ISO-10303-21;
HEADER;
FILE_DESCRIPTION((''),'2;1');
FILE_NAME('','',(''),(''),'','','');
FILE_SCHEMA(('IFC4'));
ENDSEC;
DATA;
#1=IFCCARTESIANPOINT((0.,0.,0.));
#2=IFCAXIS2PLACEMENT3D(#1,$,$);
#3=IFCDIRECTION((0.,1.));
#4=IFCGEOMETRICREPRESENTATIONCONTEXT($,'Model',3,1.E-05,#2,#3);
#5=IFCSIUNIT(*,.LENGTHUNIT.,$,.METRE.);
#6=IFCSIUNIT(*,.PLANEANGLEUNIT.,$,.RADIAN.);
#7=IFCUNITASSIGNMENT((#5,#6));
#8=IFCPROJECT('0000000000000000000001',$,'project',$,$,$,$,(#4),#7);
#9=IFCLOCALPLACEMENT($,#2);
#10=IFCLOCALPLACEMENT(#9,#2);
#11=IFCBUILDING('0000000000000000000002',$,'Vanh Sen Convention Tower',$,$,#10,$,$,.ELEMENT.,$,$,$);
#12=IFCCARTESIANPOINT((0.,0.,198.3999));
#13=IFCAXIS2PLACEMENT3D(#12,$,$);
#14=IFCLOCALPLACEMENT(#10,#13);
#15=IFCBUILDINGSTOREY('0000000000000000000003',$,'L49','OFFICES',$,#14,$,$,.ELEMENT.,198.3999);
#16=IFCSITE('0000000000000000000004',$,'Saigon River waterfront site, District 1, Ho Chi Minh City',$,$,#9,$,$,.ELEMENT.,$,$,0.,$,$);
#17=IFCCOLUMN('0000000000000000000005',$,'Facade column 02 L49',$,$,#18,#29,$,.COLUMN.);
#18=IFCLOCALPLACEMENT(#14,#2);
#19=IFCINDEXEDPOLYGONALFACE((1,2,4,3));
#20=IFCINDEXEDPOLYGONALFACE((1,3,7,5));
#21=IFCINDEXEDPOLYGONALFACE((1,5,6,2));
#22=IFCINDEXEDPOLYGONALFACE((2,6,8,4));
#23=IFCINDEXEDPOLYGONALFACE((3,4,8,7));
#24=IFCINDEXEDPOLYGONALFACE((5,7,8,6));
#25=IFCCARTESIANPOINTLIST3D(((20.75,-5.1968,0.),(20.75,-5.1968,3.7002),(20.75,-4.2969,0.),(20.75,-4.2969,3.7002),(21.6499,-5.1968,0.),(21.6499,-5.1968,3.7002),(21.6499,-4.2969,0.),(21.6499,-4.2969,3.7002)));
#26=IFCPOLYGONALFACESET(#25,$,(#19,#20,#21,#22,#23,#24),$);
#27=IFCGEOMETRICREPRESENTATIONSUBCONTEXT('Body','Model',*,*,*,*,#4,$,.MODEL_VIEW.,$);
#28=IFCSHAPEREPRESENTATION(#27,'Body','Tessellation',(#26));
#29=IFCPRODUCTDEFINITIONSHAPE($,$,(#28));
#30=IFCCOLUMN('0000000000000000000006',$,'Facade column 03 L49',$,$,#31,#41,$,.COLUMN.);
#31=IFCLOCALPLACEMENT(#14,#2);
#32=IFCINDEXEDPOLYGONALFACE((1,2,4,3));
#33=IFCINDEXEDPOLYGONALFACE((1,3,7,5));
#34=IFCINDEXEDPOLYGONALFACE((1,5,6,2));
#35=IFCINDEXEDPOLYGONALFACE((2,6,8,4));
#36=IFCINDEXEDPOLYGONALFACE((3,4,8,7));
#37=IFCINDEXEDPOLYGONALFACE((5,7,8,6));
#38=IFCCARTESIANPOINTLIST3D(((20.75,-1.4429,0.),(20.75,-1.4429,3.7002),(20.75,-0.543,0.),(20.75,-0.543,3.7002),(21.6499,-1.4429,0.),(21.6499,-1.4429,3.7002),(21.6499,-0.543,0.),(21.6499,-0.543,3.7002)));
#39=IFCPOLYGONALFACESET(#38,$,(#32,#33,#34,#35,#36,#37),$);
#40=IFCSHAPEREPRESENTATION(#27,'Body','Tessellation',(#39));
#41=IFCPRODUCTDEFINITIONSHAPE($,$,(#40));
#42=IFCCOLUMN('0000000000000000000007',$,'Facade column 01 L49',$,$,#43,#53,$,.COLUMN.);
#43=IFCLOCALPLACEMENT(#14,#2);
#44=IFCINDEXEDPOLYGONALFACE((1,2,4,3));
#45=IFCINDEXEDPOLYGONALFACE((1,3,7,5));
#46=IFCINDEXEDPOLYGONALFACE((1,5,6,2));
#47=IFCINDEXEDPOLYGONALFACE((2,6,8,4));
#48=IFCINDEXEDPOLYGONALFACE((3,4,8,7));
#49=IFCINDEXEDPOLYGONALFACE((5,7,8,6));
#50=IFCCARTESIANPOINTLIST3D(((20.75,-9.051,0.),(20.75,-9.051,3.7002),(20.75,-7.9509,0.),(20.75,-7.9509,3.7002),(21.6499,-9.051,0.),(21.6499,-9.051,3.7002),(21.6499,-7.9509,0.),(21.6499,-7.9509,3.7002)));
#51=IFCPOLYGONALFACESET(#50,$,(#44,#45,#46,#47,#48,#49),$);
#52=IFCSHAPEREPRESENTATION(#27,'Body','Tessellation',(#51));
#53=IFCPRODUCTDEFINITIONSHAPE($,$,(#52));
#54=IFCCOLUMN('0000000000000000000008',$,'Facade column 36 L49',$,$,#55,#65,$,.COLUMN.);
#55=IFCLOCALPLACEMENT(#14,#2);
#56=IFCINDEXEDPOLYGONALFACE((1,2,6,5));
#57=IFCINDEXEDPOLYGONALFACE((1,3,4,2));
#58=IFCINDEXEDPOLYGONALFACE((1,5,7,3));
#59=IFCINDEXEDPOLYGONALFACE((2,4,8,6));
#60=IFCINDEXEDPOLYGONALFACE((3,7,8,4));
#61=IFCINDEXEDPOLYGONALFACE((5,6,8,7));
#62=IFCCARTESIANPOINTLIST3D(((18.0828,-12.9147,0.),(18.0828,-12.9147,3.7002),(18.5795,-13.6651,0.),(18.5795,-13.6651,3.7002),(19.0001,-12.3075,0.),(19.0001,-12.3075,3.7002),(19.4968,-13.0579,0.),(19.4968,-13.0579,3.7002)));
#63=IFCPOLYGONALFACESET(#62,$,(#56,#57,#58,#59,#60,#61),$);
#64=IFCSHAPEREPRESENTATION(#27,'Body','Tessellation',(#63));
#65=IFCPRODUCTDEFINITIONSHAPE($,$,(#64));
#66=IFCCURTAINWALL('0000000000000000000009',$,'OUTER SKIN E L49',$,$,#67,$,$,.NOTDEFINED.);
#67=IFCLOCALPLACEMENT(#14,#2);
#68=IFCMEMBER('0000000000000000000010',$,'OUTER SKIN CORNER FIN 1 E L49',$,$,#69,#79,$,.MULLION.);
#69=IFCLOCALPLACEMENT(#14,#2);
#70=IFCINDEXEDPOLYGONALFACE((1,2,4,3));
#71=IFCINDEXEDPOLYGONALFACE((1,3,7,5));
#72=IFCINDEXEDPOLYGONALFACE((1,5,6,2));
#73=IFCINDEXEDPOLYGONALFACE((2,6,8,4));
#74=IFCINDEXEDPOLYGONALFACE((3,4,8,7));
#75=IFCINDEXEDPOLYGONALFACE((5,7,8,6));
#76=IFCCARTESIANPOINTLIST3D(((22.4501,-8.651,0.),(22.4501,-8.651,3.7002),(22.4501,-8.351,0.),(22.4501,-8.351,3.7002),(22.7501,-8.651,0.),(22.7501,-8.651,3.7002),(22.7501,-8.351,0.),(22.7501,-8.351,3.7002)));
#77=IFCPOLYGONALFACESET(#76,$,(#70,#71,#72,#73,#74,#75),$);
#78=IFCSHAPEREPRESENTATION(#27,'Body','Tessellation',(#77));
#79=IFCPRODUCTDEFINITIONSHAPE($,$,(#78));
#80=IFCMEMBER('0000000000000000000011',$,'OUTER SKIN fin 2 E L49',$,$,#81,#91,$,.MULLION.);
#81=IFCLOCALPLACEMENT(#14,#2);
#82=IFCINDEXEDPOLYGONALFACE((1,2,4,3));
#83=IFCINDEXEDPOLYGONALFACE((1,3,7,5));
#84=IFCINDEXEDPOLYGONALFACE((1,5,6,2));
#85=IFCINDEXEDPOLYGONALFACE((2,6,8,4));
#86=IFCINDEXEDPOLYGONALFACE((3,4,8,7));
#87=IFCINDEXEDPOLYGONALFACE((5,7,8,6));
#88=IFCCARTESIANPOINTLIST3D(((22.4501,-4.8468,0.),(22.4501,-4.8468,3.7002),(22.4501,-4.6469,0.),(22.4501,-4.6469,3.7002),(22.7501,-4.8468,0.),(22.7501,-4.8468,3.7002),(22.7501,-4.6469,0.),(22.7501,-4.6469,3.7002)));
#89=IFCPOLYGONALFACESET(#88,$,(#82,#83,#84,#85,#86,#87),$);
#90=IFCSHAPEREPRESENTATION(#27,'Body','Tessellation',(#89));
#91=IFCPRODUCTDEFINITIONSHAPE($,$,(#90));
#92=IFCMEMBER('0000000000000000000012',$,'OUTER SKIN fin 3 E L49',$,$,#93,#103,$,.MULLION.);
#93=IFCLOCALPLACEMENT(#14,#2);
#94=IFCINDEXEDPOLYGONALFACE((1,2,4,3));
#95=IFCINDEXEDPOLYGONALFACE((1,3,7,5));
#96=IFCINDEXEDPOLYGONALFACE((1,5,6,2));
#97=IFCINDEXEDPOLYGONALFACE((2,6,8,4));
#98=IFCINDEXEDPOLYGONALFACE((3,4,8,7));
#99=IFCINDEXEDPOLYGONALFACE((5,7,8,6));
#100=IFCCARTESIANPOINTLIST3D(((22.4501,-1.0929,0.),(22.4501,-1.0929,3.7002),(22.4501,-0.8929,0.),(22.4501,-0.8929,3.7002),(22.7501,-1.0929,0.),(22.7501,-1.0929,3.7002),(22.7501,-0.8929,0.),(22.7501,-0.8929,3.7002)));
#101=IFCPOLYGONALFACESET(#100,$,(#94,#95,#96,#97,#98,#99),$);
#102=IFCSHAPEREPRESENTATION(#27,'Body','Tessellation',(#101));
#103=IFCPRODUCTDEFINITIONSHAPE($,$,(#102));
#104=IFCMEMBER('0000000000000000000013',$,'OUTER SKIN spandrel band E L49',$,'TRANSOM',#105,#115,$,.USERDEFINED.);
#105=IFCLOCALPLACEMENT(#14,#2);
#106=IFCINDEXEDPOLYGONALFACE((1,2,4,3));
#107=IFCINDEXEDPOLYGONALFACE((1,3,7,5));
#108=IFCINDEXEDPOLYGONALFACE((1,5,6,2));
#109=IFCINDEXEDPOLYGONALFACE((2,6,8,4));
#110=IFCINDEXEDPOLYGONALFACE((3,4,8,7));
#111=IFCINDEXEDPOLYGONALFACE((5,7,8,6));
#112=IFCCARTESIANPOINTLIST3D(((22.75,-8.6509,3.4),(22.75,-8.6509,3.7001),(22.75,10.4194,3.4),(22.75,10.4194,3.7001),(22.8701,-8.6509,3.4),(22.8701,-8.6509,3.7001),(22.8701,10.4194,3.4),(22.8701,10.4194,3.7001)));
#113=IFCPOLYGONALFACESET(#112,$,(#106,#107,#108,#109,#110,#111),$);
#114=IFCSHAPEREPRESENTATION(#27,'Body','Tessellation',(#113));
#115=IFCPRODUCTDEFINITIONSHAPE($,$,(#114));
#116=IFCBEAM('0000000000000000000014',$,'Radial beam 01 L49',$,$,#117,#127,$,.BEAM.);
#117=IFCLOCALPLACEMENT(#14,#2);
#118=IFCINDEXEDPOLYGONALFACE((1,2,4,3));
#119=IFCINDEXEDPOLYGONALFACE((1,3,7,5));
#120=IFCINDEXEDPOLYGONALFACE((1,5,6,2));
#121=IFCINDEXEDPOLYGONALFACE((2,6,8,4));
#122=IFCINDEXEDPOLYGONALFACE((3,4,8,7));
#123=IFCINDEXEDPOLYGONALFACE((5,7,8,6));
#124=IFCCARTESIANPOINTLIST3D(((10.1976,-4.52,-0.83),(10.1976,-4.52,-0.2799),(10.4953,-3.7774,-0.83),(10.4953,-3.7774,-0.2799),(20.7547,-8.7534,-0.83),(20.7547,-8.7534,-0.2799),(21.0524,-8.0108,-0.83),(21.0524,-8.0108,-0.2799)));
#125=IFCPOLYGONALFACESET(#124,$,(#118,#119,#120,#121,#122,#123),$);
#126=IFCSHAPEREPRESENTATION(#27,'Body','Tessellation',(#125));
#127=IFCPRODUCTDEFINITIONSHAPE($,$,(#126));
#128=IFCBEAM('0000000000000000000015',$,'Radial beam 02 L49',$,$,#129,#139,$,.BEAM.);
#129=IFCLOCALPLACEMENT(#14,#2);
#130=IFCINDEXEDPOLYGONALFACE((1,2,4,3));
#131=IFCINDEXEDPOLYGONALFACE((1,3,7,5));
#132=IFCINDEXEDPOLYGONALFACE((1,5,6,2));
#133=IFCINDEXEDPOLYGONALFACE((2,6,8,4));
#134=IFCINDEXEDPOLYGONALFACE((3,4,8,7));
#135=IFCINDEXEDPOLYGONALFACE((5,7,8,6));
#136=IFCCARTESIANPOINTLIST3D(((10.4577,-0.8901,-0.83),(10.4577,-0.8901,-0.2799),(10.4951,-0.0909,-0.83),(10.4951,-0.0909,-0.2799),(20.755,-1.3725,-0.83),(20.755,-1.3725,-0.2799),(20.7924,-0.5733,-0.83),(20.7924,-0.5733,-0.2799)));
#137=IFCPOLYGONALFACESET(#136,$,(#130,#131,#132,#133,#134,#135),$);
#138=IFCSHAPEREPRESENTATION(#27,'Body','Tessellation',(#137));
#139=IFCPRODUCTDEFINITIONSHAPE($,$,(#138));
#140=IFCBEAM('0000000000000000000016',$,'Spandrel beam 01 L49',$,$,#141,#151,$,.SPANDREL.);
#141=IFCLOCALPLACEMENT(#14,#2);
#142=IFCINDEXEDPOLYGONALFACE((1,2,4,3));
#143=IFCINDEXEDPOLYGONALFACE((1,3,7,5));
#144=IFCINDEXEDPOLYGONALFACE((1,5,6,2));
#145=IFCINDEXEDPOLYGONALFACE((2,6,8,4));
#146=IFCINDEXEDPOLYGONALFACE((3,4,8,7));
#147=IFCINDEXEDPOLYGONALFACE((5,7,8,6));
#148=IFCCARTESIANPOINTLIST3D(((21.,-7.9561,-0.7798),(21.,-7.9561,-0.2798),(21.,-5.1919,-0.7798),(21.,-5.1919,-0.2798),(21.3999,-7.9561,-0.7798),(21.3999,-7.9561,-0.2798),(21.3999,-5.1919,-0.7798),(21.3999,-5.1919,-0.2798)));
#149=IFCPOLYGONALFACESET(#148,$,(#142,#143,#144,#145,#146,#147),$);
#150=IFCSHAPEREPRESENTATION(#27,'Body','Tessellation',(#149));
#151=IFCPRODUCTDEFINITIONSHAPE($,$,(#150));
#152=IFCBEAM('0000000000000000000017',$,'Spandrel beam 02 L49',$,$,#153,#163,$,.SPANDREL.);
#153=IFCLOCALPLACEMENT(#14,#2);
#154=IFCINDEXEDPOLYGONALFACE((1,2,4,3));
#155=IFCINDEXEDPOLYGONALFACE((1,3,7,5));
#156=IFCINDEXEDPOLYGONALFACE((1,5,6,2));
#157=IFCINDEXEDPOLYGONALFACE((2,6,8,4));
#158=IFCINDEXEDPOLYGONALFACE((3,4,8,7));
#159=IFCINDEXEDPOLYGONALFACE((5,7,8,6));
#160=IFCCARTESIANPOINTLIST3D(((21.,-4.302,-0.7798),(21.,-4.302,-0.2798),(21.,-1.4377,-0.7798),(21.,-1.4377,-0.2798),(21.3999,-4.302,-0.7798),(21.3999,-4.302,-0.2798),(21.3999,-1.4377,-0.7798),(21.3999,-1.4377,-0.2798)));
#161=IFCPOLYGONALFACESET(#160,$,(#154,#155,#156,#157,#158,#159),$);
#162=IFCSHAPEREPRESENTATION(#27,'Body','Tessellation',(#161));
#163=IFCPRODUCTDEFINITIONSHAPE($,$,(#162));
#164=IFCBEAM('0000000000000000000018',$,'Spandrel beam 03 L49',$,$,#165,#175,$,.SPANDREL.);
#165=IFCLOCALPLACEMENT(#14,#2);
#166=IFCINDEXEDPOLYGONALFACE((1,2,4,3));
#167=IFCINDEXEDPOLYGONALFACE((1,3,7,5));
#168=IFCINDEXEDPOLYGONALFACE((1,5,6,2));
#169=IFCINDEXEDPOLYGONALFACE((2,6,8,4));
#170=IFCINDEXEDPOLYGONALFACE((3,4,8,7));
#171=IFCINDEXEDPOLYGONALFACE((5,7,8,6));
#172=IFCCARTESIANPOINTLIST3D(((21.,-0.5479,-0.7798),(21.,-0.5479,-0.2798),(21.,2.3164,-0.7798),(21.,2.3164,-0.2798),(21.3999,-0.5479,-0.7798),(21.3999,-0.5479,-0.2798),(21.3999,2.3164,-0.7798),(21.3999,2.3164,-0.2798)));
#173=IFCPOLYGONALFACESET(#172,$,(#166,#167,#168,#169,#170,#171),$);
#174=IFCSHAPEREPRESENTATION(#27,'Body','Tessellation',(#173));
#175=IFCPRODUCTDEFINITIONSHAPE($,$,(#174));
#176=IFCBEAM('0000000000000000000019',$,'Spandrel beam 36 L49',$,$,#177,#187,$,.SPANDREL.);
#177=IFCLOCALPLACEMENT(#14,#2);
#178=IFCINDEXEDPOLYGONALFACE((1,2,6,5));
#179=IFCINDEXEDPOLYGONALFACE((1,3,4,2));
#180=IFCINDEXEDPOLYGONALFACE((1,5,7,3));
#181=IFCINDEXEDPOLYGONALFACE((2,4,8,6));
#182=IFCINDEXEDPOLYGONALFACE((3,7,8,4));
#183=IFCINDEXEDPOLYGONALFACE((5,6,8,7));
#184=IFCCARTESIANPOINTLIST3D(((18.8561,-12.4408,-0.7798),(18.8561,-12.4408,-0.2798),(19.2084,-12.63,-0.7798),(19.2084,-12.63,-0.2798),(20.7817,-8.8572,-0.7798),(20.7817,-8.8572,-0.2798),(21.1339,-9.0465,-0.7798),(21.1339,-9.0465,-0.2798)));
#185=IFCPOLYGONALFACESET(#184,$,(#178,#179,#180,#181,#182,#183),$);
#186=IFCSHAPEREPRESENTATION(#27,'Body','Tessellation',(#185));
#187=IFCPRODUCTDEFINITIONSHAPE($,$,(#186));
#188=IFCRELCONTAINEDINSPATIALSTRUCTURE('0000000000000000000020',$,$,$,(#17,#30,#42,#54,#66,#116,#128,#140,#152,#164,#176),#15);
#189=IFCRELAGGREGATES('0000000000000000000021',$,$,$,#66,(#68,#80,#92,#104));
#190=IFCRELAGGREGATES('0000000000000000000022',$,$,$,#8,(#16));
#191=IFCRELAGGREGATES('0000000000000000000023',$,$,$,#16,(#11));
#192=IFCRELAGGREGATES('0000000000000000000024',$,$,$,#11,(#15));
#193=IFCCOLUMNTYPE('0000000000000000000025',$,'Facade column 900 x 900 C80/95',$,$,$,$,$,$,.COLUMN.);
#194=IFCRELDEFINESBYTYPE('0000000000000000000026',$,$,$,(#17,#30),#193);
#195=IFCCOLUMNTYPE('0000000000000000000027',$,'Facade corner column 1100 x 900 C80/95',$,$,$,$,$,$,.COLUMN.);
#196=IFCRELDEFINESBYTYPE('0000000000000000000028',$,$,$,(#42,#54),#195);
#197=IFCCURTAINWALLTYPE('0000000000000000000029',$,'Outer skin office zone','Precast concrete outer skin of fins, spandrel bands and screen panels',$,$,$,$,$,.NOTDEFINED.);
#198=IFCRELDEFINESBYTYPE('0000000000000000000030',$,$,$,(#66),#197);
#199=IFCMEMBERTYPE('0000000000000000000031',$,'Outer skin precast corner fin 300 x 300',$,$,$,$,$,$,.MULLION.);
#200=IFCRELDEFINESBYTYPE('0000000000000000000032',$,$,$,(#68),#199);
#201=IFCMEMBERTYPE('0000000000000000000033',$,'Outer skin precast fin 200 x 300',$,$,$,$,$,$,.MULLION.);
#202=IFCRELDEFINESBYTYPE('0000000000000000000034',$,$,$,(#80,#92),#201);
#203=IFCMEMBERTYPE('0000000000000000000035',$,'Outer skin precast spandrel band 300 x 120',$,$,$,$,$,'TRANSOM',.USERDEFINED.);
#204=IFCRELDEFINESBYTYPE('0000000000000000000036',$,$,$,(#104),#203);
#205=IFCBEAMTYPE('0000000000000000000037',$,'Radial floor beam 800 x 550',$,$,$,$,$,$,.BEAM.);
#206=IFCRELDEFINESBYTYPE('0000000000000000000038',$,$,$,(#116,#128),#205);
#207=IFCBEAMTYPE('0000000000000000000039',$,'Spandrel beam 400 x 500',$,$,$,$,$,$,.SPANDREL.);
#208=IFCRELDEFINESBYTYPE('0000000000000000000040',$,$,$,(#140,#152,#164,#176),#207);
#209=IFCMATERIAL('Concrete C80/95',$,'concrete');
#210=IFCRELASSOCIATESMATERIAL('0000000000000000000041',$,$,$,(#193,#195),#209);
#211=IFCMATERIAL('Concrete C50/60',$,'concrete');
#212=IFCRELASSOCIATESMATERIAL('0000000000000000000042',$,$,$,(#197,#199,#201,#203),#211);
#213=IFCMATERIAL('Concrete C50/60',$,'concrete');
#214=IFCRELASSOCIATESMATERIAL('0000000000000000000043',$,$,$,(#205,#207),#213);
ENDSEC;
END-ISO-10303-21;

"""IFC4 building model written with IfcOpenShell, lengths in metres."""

from ifc_helpers import new_model, si_unit, direction, frame, origin, origin_2d, place, context, subcontext, project, spatial, rectangle, extrude, material, material_profile, profile_set, type_object, element, aggregate, save


model = new_model("IFC4")

# Units and contexts
model_context = context("Model", 3, precision=1e-05, world=origin(), true_north=direction((0.0, 1.0)))
body_context = subcontext(model_context, "Body", "Model", "MODEL_VIEW")
ifc_project = project(units=[si_unit("LENGTHUNIT", "METRE"), si_unit("PLANEANGLEUNIT", "RADIAN")], contexts=[model_context])

# Site, building, storey
site_placement = place(None, origin())
site = spatial("IfcSite", under=ifc_project, at=site_placement, Name="Saigon River waterfront site, District 1, Ho Chi Minh City", CompositionType="ELEMENT", RefElevation=0.0)
building_placement = place(site_placement, origin())
building = spatial("IfcBuilding", under=site, at=building_placement, Name="Vanh Sen Convention Tower", CompositionType="ELEMENT")
storey_placement = place(building_placement, frame((0.0, 0.0, 198.3999)))
storey = spatial("IfcBuildingStorey", under=building, at=storey_placement, Name="L49", Description="OFFICES", CompositionType="ELEMENT", Elevation=198.3999)

# Columns
ifc_material_1 = material(Name="Concrete C80/95", Category="concrete")
ifc_material_profile_1 = material_profile(ifc_material_1, rectangle(XDim=0.8999, YDim=0.8999, at=origin_2d()), Name="RC 900X900")
ifc_profile_set_1 = profile_set([ifc_material_profile_1], Name="Concrete C80/95")
column_type_1 = type_object("IfcColumnType", Name="Facade column 900 x 900 C80/95", PredefinedType="COLUMN", material=ifc_profile_set_1)
for number, where, z_axis, x_axis, name in (
    (1, (21.2, -4.7468, 0.0), (0.0, 0.0, 1.0), (0.0, 1.0, 0.0), "Facade column 02 L49"),
    (2, (21.2, -0.9929, 0.0), (0.0, 0.0, 1.0), (0.0, 1.0, 0.0), "Facade column 03 L49"),
):
    element("IfcColumn", number, at=place(storey_placement, frame(where, z_axis=z_axis, x_axis=x_axis)), inside=storey, type_object=column_type_1, Name=name, PredefinedType="COLUMN", context=body_context, shape_type="SweptSolid", body=[
        extrude(rectangle(XDim=0.8999, YDim=0.8999, at=origin_2d()), origin(), (0.0, 0.0, 1.0), 3.7002),
    ])
ifc_material_profile_2 = material_profile(ifc_material_1, rectangle(XDim=1.1001, YDim=0.8999, at=origin_2d()), Name="RC 1100X900")
ifc_profile_set_2 = profile_set([ifc_material_profile_2], Name="Concrete C80/95")
column_type_2 = type_object("IfcColumnType", Name="Facade corner column 1100 x 900 C80/95", PredefinedType="COLUMN", material=ifc_profile_set_2)
for number, where, z_axis, x_axis, name in (
    (3, (21.2, -8.501, 0.0), (0.0, 0.0, 1.0), (0.0, 1.0, 0.0), "Facade column 01 L49"),
    (4, (18.7898, -12.9863, 0.0), (0.0, 0.0, 1.0), (0.833886, 0.551937, 0.0), "Facade column 36 L49"),
):
    element("IfcColumn", number, at=place(storey_placement, frame(where, z_axis=z_axis, x_axis=x_axis)), inside=storey, type_object=column_type_2, Name=name, PredefinedType="COLUMN", context=body_context, shape_type="SweptSolid", body=[
        extrude(rectangle(XDim=1.1001, YDim=0.8999, at=origin_2d()), origin(), (0.0, 0.0, 1.0), 3.7002),
    ])

# Curtain wall, members
ifc_material_2 = material(Name="Concrete C50/60", Category="concrete")
curtain_wall_type = type_object("IfcCurtainWallType", Name="Outer skin office zone", Description="Precast concrete outer skin of fins, spandrel bands and screen panels", PredefinedType="NOTDEFINED", material=ifc_material_2)
curtain_wall_1_placement = place(storey_placement, origin())
curtain_wall_1 = element("IfcCurtainWall", 5, at=curtain_wall_1_placement, inside=storey, type_object=curtain_wall_type, Name="OUTER SKIN E L49", PredefinedType="NOTDEFINED")
ifc_material_profile_3 = material_profile(ifc_material_2, rectangle(XDim=0.3, YDim=0.3, at=origin_2d()), Name="Outer skin precast corner fin 300 x 300")
ifc_profile_set_3 = profile_set([ifc_material_profile_3], Name="Concrete C50/60")
member_type_1 = type_object("IfcMemberType", Name="Outer skin precast corner fin 300 x 300", PredefinedType="MULLION", material=ifc_profile_set_3)
member_1_placement = place(storey_placement, frame((22.6001, -8.501, 0.0), z_axis=(0.0, 0.0, 1.0), x_axis=(0.0, 1.0, 0.0)))
member_1 = element("IfcMember", 6, at=member_1_placement, type_object=member_type_1, Name="OUTER SKIN CORNER FIN 1 E L49", PredefinedType="MULLION", context=body_context, shape_type="SweptSolid", body=[
    extrude(rectangle(XDim=0.3, YDim=0.3, at=origin_2d()), origin(), (0.0, 0.0, 1.0), 3.7002),
])
ifc_material_profile_4 = material_profile(ifc_material_2, rectangle(XDim=0.2, YDim=0.3, at=origin_2d()), Name="Outer skin precast fin 200 x 300")
ifc_profile_set_4 = profile_set([ifc_material_profile_4], Name="Concrete C50/60")
member_type_2 = type_object("IfcMemberType", Name="Outer skin precast fin 200 x 300", PredefinedType="MULLION", material=ifc_profile_set_4)
member_2_placement = place(storey_placement, frame((22.6001, -4.7468, 0.0), z_axis=(0.0, 0.0, 1.0), x_axis=(0.0, 1.0, 0.0)))
member_2 = element("IfcMember", 7, at=member_2_placement, type_object=member_type_2, Name="OUTER SKIN fin 2 E L49", PredefinedType="MULLION", context=body_context, shape_type="SweptSolid", body=[
    extrude(rectangle(XDim=0.2, YDim=0.3, at=origin_2d()), origin(), (0.0, 0.0, 1.0), 3.7002),
])
member_3_placement = place(storey_placement, frame((22.6001, -0.9929, 0.0), z_axis=(0.0, 0.0, 1.0), x_axis=(0.0, 1.0, 0.0)))
member_3 = element("IfcMember", 8, at=member_3_placement, type_object=member_type_2, Name="OUTER SKIN fin 3 E L49", PredefinedType="MULLION", context=body_context, shape_type="SweptSolid", body=[
    extrude(rectangle(XDim=0.2, YDim=0.3, at=origin_2d()), origin(), (0.0, 0.0, 1.0), 3.7002),
])
ifc_material_profile_5 = material_profile(ifc_material_2, rectangle(XDim=0.1201, YDim=0.3, at=origin_2d()), Name="Outer skin precast spandrel band 300 x 120")
ifc_profile_set_5 = profile_set([ifc_material_profile_5], Name="Concrete C50/60")
member_type_3 = type_object("IfcMemberType", Name="Outer skin precast spandrel band 300 x 120", ElementType="TRANSOM", PredefinedType="USERDEFINED", material=ifc_profile_set_5)
member_4_placement = place(storey_placement, frame((22.8101, -8.6509, 3.55), z_axis=(0.0, 1.0, 0.0), x_axis=(-1.0, 0.0, 0.0)))
member_4 = element("IfcMember", 9, at=member_4_placement, type_object=member_type_3, Name="OUTER SKIN spandrel band E L49", ObjectType="TRANSOM", PredefinedType="USERDEFINED", context=body_context, shape_type="SweptSolid", body=[
    extrude(rectangle(XDim=0.1201, YDim=0.3, at=origin_2d()), origin(), (0.0, 0.0, 1.0), 19.0703),
])

# Beams
ifc_material_3 = material(Name="Concrete C50/60", Category="concrete")
ifc_material_profile_6 = material_profile(ifc_material_3, rectangle(XDim=0.8, YDim=0.55, at=origin_2d()), Name="RC 800X550")
ifc_profile_set_6 = profile_set([ifc_material_profile_6], Name="Concrete C50/60")
beam_type_1 = type_object("IfcBeamType", Name="Radial floor beam 800 x 550", PredefinedType="BEAM", material=ifc_profile_set_6)
beam_1_placement = place(storey_placement, frame((20.9036, -8.3821, -0.5549), z_axis=(-0.928157, 0.37219, 0.0), x_axis=(-0.37219, -0.928157, 0.0)))
element("IfcBeam", 10, at=beam_1_placement, inside=storey, type_object=beam_type_1, Name="Radial beam 01 L49", PredefinedType="BEAM", context=body_context, shape_type="SweptSolid", body=[
    extrude(rectangle(XDim=0.8, YDim=0.55, at=origin_2d()), origin(), (0.0, 0.0, 1.0), 11.3743),
])
beam_2_placement = place(storey_placement, frame((20.7737, -0.9729, -0.5549), z_axis=(-0.998904, 0.046798, 0.0), x_axis=(-0.046798, -0.998904, 0.0)))
element("IfcBeam", 11, at=beam_2_placement, inside=storey, type_object=beam_type_1, Name="Radial beam 02 L49", PredefinedType="BEAM", context=body_context, shape_type="SweptSolid", body=[
    extrude(rectangle(XDim=0.8, YDim=0.55, at=origin_2d()), origin(), (0.0, 0.0, 1.0), 10.3086),
])
ifc_material_profile_7 = material_profile(ifc_material_3, rectangle(XDim=0.3999, YDim=0.5, at=origin_2d()), Name="RC 400X500")
ifc_profile_set_7 = profile_set([ifc_material_profile_7], Name="Concrete C50/60")
beam_type_2 = type_object("IfcBeamType", Name="Spandrel beam 400 x 500", PredefinedType="SPANDREL", material=ifc_profile_set_7)
beam_3_placement = place(storey_placement, frame((21.2, -7.9561, -0.5298), z_axis=(0.0, 1.0, 0.0), x_axis=(-1.0, 0.0, 0.0)))
element("IfcBeam", 12, at=beam_3_placement, inside=storey, type_object=beam_type_2, Name="Spandrel beam 01 L49", PredefinedType="SPANDREL", context=body_context, shape_type="SweptSolid", body=[
    extrude(rectangle(XDim=0.3999, YDim=0.5, at=origin_2d()), origin(), (0.0, 0.0, 1.0), 2.7642),
])
for number, where, z_axis, x_axis, name in (
    (13, (21.2, -4.302, -0.5298), (0.0, 1.0, 0.0), (-1.0, 0.0, 0.0), "Spandrel beam 02 L49"),
    (14, (21.2, -0.5479, -0.5298), (0.0, 1.0, 0.0), (-1.0, 0.0, 0.0), "Spandrel beam 03 L49"),
):
    element("IfcBeam", number, at=place(storey_placement, frame(where, z_axis=z_axis, x_axis=x_axis)), inside=storey, type_object=beam_type_2, Name=name, PredefinedType="SPANDREL", context=body_context, shape_type="SweptSolid", body=[
        extrude(rectangle(XDim=0.3999, YDim=0.5, at=origin_2d()), origin(), (0.0, 0.0, 1.0), 2.8643),
    ])
beam_4_placement = place(storey_placement, frame((19.0322, -12.5354, -0.5298), z_axis=(0.47333, 0.880885, 0.0), x_axis=(-0.880885, 0.47333, 0.0)))
element("IfcBeam", 15, at=beam_4_placement, inside=storey, type_object=beam_type_2, Name="Spandrel beam 36 L49", PredefinedType="SPANDREL", context=body_context, shape_type="SweptSolid", body=[
    extrude(rectangle(XDim=0.3999, YDim=0.5, at=origin_2d()), origin(), (0.0, 0.0, 1.0), 4.0681),
])

aggregate(curtain_wall_1, [member_1, member_2, member_3, member_4])

save(model, "model.ifc")
